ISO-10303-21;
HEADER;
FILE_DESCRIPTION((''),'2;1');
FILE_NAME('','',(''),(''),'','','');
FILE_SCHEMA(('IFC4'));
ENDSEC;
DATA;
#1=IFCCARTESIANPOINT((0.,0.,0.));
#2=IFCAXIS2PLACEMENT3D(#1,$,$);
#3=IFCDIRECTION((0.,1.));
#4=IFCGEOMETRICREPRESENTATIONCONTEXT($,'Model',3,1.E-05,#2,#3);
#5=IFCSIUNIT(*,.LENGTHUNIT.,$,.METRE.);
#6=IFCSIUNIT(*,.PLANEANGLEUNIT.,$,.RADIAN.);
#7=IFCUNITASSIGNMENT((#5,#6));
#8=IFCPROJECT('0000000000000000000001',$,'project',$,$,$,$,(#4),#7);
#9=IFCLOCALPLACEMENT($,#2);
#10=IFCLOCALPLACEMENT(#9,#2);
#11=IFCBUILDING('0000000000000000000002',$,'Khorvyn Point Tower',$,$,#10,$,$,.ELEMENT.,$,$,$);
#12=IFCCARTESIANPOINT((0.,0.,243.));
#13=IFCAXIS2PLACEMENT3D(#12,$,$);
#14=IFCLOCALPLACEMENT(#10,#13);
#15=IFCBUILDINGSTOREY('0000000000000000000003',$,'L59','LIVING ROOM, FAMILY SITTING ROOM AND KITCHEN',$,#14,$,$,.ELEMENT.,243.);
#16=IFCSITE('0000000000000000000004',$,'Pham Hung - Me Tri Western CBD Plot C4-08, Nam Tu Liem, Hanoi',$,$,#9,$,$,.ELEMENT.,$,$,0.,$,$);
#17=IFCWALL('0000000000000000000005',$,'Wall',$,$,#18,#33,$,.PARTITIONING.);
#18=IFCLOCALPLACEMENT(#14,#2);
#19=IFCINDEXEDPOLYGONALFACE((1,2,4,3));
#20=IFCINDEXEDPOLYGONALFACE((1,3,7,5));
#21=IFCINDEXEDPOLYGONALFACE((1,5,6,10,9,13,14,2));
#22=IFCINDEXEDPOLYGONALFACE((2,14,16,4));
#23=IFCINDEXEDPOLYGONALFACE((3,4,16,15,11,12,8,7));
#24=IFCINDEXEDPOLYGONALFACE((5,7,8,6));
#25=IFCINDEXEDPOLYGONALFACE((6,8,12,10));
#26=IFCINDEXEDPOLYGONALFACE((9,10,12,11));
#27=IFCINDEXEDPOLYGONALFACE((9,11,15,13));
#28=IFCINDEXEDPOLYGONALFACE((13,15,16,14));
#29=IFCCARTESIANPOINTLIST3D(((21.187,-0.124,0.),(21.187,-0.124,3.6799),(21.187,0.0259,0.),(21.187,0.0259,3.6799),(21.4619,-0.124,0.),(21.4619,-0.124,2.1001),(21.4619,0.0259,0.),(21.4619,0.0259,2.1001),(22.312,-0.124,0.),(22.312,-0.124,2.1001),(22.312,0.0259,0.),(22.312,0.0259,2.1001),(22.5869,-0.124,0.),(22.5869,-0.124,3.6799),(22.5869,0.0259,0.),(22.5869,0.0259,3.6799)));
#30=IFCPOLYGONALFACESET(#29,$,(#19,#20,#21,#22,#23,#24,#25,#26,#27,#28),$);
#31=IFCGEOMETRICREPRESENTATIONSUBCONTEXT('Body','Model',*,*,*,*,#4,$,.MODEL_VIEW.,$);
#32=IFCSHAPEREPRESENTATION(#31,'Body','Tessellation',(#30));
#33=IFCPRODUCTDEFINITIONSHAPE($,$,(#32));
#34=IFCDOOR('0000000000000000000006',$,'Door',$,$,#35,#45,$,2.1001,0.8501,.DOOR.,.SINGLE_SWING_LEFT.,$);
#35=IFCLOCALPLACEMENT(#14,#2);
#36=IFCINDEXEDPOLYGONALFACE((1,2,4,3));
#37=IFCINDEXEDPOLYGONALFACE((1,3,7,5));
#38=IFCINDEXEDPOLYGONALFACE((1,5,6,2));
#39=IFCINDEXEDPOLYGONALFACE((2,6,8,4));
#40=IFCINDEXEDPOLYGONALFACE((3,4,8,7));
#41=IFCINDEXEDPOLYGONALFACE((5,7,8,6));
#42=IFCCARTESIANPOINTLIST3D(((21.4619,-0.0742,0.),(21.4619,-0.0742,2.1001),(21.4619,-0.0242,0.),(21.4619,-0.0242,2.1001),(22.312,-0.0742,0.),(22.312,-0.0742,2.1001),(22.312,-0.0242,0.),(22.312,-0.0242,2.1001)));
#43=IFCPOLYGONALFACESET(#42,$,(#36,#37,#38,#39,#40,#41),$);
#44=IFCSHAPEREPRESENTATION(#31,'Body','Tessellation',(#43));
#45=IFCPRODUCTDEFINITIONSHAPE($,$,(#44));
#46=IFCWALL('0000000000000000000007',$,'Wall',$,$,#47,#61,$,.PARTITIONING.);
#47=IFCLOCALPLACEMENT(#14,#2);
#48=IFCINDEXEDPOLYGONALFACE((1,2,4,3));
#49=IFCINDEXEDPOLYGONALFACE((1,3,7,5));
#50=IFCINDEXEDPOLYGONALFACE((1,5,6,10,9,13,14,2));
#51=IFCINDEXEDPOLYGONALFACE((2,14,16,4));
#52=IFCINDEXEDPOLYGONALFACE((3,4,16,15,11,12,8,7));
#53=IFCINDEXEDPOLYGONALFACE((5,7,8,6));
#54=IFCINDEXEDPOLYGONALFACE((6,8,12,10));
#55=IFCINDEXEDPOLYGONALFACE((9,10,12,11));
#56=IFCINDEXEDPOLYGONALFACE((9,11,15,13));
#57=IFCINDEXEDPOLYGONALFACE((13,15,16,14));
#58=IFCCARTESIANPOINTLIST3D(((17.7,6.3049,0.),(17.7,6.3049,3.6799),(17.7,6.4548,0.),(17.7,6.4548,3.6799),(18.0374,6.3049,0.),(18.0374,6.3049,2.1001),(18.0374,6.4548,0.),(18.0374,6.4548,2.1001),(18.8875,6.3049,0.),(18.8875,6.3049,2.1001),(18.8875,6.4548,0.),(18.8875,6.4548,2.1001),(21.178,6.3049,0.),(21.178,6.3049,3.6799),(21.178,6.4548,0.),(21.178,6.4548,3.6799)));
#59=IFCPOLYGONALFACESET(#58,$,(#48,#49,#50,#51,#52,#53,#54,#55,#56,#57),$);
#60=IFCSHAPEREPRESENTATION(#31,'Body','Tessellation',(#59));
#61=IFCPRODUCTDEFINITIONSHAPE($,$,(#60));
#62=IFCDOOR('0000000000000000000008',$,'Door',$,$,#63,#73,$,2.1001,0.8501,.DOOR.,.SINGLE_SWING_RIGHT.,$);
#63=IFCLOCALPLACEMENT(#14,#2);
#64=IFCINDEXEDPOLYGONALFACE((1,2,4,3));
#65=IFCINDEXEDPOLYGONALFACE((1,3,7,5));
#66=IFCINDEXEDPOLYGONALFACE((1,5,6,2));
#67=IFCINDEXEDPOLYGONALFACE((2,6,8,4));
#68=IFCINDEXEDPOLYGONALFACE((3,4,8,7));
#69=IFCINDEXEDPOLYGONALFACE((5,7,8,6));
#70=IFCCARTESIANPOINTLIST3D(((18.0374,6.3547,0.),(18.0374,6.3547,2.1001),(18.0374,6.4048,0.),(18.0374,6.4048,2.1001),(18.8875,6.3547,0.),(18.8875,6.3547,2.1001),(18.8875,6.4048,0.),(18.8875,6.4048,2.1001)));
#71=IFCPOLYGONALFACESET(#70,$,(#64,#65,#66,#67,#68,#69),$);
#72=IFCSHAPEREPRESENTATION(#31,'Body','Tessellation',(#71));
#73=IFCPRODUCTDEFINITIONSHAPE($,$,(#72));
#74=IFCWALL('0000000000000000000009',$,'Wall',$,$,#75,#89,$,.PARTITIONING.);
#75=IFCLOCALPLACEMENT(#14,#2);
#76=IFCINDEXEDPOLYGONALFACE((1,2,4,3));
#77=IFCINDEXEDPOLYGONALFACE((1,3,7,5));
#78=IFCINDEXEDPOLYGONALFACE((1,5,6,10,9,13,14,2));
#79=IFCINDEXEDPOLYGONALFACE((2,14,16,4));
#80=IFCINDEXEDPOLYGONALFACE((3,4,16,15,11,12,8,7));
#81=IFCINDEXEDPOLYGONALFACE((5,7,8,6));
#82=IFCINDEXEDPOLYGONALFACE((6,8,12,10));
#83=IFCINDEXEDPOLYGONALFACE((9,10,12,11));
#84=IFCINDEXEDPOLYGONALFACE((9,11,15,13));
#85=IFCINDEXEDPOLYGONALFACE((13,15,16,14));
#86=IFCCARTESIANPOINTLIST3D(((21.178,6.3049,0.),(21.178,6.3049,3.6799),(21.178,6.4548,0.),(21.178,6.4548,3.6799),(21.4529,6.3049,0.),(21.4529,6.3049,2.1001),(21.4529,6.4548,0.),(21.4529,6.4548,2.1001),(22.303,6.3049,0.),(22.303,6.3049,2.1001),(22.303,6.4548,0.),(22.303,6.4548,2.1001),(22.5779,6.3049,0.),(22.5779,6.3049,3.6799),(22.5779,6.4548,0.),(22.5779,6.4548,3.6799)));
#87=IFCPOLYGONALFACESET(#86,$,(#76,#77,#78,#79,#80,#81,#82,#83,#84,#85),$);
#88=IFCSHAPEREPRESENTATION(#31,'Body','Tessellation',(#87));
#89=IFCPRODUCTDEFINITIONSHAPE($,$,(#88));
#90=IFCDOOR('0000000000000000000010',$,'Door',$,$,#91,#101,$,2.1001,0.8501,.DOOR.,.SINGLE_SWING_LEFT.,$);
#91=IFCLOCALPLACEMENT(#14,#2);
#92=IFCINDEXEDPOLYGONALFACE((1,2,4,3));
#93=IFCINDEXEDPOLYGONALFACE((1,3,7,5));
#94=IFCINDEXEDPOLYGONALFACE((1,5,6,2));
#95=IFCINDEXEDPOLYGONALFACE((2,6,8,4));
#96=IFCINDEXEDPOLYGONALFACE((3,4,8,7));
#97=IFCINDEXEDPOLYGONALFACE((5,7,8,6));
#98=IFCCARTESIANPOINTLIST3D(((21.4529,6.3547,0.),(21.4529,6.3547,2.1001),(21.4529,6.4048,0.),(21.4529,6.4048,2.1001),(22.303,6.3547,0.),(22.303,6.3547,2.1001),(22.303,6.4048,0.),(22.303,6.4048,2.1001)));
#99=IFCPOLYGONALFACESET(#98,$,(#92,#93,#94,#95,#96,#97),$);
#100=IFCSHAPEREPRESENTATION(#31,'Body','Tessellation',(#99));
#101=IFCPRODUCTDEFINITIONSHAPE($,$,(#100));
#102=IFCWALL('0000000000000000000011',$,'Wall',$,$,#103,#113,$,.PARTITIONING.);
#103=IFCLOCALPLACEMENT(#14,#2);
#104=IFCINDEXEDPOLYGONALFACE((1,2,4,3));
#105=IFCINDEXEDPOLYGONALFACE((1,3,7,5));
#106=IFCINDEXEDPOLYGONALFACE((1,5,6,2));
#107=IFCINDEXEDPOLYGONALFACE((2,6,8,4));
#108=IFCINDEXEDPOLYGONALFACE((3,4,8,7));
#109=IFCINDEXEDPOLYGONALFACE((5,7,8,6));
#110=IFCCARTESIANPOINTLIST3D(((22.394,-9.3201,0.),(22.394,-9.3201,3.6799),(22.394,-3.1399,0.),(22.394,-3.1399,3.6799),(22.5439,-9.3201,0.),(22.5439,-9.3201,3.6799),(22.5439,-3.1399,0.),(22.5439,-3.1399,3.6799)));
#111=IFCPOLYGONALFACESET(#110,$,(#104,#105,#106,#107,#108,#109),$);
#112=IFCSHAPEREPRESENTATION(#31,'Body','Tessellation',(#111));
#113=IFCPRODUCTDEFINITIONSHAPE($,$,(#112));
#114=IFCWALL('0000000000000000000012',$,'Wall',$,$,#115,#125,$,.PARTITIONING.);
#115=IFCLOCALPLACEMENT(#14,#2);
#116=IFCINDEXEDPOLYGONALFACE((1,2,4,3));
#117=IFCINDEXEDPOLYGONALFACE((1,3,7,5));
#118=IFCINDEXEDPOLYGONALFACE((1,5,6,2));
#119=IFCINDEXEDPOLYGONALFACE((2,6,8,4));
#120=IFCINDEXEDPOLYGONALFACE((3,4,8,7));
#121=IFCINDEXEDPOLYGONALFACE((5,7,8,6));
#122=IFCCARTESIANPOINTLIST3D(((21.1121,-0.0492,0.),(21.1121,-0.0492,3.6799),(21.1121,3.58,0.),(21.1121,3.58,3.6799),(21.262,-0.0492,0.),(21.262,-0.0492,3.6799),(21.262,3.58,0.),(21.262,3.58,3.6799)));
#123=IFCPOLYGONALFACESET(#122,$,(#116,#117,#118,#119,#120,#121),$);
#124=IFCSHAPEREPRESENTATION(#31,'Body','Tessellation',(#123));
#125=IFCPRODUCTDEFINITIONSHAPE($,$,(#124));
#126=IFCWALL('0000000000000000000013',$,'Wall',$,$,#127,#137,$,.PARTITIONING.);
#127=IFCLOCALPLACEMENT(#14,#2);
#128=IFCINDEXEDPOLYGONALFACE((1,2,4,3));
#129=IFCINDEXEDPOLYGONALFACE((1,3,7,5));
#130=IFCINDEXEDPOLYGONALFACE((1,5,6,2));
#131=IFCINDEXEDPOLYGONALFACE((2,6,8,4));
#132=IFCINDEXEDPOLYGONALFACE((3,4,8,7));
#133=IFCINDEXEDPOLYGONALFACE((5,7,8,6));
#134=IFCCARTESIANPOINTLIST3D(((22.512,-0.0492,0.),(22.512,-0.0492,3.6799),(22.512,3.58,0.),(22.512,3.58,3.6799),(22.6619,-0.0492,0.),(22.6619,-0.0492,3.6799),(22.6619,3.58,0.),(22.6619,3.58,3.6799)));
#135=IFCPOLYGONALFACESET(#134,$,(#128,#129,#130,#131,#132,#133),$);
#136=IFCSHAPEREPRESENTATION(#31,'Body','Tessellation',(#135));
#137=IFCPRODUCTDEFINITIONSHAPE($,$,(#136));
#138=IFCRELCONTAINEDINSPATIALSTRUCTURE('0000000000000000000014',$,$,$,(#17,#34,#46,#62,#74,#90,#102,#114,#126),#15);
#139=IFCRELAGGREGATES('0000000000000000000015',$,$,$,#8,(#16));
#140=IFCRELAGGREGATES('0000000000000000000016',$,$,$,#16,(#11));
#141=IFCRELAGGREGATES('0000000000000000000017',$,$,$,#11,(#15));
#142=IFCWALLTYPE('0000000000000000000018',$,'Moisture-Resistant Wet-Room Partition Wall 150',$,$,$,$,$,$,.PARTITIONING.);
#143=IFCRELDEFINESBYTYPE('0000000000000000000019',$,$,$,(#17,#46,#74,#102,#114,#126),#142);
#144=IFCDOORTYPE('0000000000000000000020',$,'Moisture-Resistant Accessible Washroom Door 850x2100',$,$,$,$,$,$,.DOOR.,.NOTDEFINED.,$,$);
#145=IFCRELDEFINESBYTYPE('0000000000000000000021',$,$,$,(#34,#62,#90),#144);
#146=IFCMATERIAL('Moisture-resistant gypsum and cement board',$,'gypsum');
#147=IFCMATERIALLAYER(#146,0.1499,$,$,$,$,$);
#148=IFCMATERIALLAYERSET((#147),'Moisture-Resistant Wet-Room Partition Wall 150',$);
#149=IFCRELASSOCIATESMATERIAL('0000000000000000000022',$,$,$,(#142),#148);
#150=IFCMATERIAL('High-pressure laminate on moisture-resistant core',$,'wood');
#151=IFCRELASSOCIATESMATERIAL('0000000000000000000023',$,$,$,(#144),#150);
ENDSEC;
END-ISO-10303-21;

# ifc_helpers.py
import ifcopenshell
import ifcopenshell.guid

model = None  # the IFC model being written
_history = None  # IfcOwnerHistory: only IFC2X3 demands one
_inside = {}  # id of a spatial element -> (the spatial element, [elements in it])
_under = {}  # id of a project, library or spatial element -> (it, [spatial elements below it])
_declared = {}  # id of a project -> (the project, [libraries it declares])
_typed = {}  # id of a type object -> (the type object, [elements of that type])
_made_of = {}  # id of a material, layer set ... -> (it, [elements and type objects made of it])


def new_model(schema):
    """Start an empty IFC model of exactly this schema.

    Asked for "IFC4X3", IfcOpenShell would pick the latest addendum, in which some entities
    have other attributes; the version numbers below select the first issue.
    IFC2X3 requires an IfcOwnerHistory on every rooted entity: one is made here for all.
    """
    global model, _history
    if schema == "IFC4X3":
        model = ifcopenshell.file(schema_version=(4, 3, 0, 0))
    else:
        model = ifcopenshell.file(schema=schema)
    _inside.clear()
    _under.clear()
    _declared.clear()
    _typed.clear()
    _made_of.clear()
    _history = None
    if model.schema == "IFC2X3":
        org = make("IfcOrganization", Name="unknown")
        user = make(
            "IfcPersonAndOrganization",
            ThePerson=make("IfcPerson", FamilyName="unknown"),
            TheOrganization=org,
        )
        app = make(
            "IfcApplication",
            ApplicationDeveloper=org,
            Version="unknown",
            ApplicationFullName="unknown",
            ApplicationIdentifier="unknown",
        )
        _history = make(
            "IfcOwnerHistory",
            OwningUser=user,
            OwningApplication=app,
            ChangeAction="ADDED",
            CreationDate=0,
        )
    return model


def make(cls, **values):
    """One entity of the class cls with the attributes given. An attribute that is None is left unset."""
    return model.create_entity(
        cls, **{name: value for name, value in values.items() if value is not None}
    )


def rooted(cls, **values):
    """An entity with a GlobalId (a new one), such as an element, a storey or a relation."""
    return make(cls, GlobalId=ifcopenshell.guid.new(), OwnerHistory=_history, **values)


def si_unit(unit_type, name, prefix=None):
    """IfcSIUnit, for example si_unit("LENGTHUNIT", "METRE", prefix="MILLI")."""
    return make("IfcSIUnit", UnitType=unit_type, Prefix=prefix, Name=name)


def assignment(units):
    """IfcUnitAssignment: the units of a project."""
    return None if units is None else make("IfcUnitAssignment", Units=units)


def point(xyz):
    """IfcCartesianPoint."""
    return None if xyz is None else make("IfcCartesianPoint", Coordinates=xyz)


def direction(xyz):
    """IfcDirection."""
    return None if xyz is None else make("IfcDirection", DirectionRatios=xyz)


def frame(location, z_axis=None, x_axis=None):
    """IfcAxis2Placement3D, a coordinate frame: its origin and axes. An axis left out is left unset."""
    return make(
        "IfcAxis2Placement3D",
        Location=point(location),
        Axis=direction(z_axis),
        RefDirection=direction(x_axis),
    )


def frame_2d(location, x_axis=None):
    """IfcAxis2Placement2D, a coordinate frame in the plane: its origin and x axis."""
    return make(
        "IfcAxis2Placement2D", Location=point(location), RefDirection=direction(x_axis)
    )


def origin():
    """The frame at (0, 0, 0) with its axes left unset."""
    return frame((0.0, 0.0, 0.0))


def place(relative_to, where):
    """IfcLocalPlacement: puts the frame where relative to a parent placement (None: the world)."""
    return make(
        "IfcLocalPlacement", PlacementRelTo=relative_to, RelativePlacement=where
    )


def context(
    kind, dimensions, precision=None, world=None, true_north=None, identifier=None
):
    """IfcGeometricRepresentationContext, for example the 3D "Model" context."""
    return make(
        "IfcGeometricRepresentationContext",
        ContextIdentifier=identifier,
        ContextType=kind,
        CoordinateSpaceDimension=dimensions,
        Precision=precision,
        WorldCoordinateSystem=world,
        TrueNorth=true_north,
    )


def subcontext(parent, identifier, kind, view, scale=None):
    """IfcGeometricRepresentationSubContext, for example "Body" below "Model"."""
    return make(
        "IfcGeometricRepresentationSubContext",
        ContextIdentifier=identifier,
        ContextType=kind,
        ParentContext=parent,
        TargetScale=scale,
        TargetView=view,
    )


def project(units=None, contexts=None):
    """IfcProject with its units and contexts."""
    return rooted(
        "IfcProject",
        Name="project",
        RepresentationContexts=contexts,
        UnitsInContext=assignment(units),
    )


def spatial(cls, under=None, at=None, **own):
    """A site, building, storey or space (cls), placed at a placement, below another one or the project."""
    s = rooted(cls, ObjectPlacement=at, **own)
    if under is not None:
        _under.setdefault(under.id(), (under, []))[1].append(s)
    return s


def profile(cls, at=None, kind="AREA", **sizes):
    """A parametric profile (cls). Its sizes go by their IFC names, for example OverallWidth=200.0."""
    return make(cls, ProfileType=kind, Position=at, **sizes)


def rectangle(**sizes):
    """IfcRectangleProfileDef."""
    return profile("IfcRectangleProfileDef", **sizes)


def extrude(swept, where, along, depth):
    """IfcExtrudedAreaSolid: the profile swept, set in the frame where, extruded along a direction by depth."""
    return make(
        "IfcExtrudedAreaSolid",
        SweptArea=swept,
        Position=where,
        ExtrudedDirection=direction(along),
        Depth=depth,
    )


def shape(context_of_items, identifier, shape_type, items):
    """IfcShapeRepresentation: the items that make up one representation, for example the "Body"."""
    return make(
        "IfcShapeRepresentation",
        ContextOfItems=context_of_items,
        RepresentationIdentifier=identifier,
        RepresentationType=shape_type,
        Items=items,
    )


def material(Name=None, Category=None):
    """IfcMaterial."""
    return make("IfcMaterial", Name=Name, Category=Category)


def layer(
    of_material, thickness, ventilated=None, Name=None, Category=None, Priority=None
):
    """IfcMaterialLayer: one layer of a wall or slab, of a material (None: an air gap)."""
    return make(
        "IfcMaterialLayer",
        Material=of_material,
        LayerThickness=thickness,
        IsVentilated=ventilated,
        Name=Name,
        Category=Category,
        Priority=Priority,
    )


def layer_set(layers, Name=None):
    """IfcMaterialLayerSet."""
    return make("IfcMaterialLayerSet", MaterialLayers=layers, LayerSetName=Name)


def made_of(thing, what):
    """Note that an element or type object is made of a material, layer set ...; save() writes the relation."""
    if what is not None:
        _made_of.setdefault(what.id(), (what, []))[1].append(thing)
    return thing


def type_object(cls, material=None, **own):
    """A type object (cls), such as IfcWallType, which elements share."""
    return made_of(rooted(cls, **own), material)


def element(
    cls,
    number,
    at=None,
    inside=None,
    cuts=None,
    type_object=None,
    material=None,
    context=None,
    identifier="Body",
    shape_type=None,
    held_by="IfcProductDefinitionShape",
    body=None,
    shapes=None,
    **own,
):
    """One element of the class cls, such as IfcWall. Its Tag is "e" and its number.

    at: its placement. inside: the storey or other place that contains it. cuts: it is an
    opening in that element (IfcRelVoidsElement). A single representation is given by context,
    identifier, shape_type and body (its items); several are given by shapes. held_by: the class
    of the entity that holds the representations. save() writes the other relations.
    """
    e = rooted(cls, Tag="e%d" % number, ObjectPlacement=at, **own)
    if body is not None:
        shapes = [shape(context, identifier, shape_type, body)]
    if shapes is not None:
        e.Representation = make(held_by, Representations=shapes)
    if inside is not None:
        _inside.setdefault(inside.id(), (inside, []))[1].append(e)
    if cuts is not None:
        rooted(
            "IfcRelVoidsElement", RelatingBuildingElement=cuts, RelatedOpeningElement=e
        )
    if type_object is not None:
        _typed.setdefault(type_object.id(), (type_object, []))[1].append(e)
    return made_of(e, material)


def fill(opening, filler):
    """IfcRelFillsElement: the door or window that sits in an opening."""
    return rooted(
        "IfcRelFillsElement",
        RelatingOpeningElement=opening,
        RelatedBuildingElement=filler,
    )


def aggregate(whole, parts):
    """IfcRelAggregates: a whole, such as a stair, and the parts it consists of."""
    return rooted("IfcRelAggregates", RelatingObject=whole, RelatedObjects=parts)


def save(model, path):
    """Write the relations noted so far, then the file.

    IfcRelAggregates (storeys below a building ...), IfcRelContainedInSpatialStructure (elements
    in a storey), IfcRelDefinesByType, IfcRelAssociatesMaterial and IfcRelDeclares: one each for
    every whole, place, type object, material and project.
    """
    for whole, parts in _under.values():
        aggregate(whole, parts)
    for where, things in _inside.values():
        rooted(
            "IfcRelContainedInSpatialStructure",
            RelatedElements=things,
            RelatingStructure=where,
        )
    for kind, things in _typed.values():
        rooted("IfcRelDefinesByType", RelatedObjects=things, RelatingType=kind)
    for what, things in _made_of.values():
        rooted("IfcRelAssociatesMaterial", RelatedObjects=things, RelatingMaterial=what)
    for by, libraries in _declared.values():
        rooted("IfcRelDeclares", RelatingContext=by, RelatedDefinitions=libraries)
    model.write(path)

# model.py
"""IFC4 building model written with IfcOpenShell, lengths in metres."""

from ifc_helpers import new_model, si_unit, direction, frame, frame_2d, origin, place, context, subcontext, project, spatial, rectangle, extrude, material, layer, layer_set, type_object, element, fill, save


model = new_model("IFC4")

# Units and contexts
model_context = context("Model", 3, precision=1e-05, world=origin(), true_north=direction((0.0, 1.0)))
body_context = subcontext(model_context, "Body", "Model", "MODEL_VIEW")
ifc_project = project(units=[si_unit("LENGTHUNIT", "METRE"), si_unit("PLANEANGLEUNIT", "RADIAN")], contexts=[model_context])

# Site, building, storey
site_placement = place(None, origin())
site = spatial("IfcSite", under=ifc_project, at=site_placement, Name="Pham Hung - Me Tri Western CBD Plot C4-08, Nam Tu Liem, Hanoi", CompositionType="ELEMENT", RefElevation=0.0)
building_placement = place(site_placement, origin())
building = spatial("IfcBuilding", under=site, at=building_placement, Name="Khorvyn Point Tower", CompositionType="ELEMENT")
storey_placement = place(building_placement, frame((0.0, 0.0, 243.0)))
storey = spatial("IfcBuildingStorey", under=building, at=storey_placement, Name="L59", Description="LIVING ROOM, FAMILY SITTING ROOM AND KITCHEN", CompositionType="ELEMENT", Elevation=243.0)

# Walls, openings, doors
ifc_material_1 = material(Name="Moisture-resistant gypsum and cement board", Category="gypsum")
ifc_layer_1 = layer(ifc_material_1, 0.1499)
ifc_layer_set_1 = layer_set([ifc_layer_1], Name="Moisture-Resistant Wet-Room Partition Wall 150")
wall_type_1 = type_object("IfcWallType", Name="Moisture-Resistant Wet-Room Partition Wall 150", PredefinedType="PARTITIONING", material=ifc_layer_set_1)
ifc_material_2 = material(Name="High-pressure laminate on moisture-resistant core", Category="wood")
door_type_1 = type_object("IfcDoorType", Name="Moisture-Resistant Accessible Washroom Door 850x2100", OperationType="NOTDEFINED", PredefinedType="DOOR", material=ifc_material_2)
wall_1_placement = place(storey_placement, frame((21.187, -0.0491, 0.0), z_axis=(0.0, 0.0, 1.0), x_axis=(1.0, 0.0, 0.0)))
wall_1 = element("IfcWall", 1, at=wall_1_placement, inside=storey, type_object=wall_type_1, Name="Wall", PredefinedType="PARTITIONING", context=body_context, shape_type="SweptSolid", body=[
    extrude(rectangle(XDim=1.3999, YDim=0.1499, at=frame_2d((0.7, 0.0))), origin(), (0.0, 0.0, 1.0), 3.6799),
])
opening_1_placement = place(wall_1_placement, frame((0.2749, 0.0, 0.0)))
opening_1 = element("IfcOpeningElement", 2, at=opening_1_placement, cuts=wall_1, PredefinedType="OPENING", context=body_context, shape_type="SweptSolid", body=[
    extrude(rectangle(XDim=0.8501, YDim=2.1001, at=frame_2d((0.425, 1.05))), frame((0.0, 0.085, 0.0), z_axis=(0.0, -1.0, 0.0), x_axis=(1.0, 0.0, 0.0)), (0.0, 0.0, 1.0), 0.1699),
])
door_1_placement = place(opening_1_placement, origin())
door_1 = element("IfcDoor", 3, at=door_1_placement, inside=storey, type_object=door_type_1, Name="Door", OperationType="SINGLE_SWING_LEFT", OverallHeight=2.1001, OverallWidth=0.8501, PredefinedType="DOOR", context=body_context, shape_type="SweptSolid", body=[
    extrude(rectangle(XDim=0.8501, YDim=2.1001, at=frame_2d((0.425, 1.05))), frame((0.0, 0.0249, 0.0), z_axis=(0.0, -1.0, 0.0), x_axis=(1.0, 0.0, 0.0)), (0.0, 0.0, 1.0), 0.05),
])
fill(opening_1, door_1)
wall_2_placement = place(storey_placement, frame((17.7, 6.3799, 0.0), z_axis=(0.0, 0.0, 1.0), x_axis=(1.0, 0.0, 0.0)))
wall_2 = element("IfcWall", 4, at=wall_2_placement, inside=storey, type_object=wall_type_1, Name="Wall", PredefinedType="PARTITIONING", context=body_context, shape_type="SweptSolid", body=[
    extrude(rectangle(XDim=3.478, YDim=0.1499, at=frame_2d((1.739, 0.0))), origin(), (0.0, 0.0, 1.0), 3.6799),
])
opening_2_placement = place(wall_2_placement, frame((0.3374, 0.0, 0.0)))
opening_2 = element("IfcOpeningElement", 5, at=opening_2_placement, cuts=wall_2, PredefinedType="OPENING", context=body_context, shape_type="SweptSolid", body=[
    extrude(rectangle(XDim=0.8501, YDim=2.1001, at=frame_2d((0.425, 1.05))), frame((0.0, 0.085, 0.0), z_axis=(0.0, -1.0, 0.0), x_axis=(1.0, 0.0, 0.0)), (0.0, 0.0, 1.0), 0.1699),
])
door_2_placement = place(opening_2_placement, origin())
door_2 = element("IfcDoor", 6, at=door_2_placement, inside=storey, type_object=door_type_1, Name="Door", OperationType="SINGLE_SWING_RIGHT", OverallHeight=2.1001, OverallWidth=0.8501, PredefinedType="DOOR", context=body_context, shape_type="SweptSolid", body=[
    extrude(rectangle(XDim=0.8501, YDim=2.1001, at=frame_2d((0.425, 1.05))), frame((0.0, 0.0249, 0.0), z_axis=(0.0, -1.0, 0.0), x_axis=(1.0, 0.0, 0.0)), (0.0, 0.0, 1.0), 0.05),
])
fill(opening_2, door_2)
wall_3_placement = place(storey_placement, frame((21.178, 6.3799, 0.0), z_axis=(0.0, 0.0, 1.0), x_axis=(1.0, 0.0, 0.0)))
wall_3 = element("IfcWall", 7, at=wall_3_placement, inside=storey, type_object=wall_type_1, Name="Wall", PredefinedType="PARTITIONING", context=body_context, shape_type="SweptSolid", body=[
    extrude(rectangle(XDim=1.3999, YDim=0.1499, at=frame_2d((0.7, 0.0))), origin(), (0.0, 0.0, 1.0), 3.6799),
])
opening_3_placement = place(wall_3_placement, frame((0.2749, 0.0, 0.0)))
opening_3 = element("IfcOpeningElement", 8, at=opening_3_placement, cuts=wall_3, PredefinedType="OPENING", context=body_context, shape_type="SweptSolid", body=[
    extrude(rectangle(XDim=0.8501, YDim=2.1001, at=frame_2d((0.425, 1.05))), frame((0.0, 0.085, 0.0), z_axis=(0.0, -1.0, 0.0), x_axis=(1.0, 0.0, 0.0)), (0.0, 0.0, 1.0), 0.1699),
])
door_3_placement = place(opening_3_placement, origin())
door_3 = element("IfcDoor", 9, at=door_3_placement, inside=storey, type_object=door_type_1, Name="Door", OperationType="SINGLE_SWING_LEFT", OverallHeight=2.1001, OverallWidth=0.8501, PredefinedType="DOOR", context=body_context, shape_type="SweptSolid", body=[
    extrude(rectangle(XDim=0.8501, YDim=2.1001, at=frame_2d((0.425, 1.05))), frame((0.0, 0.0249, 0.0), z_axis=(0.0, -1.0, 0.0), x_axis=(1.0, 0.0, 0.0)), (0.0, 0.0, 1.0), 0.05),
])
fill(opening_3, door_3)

# Walls
wall_4_placement = place(storey_placement, frame((22.469, -9.3201, 0.0), z_axis=(0.0, 0.0, 1.0), x_axis=(0.0, 1.0, 0.0)))
element("IfcWall", 10, at=wall_4_placement, inside=storey, type_object=wall_type_1, Name="Wall", PredefinedType="PARTITIONING", context=body_context, shape_type="SweptSolid", body=[
    extrude(rectangle(XDim=6.1802, YDim=0.1499, at=frame_2d((3.0901, 0.0))), origin(), (0.0, 0.0, 1.0), 3.6799),
])
for number, where, z_axis, x_axis, name in (
    (11, (21.187, -0.0491, 0.0), (0.0, 0.0, 1.0), (0.0, 1.0, 0.0), "Wall"),
    (12, (22.5869, -0.0491, 0.0), (0.0, 0.0, 1.0), (0.0, 1.0, 0.0), "Wall"),
):
    element("IfcWall", number, at=place(storey_placement, frame(where, z_axis=z_axis, x_axis=x_axis)), inside=storey, type_object=wall_type_1, Name=name, PredefinedType="PARTITIONING", context=body_context, shape_type="SweptSolid", body=[
        extrude(rectangle(XDim=3.6292, YDim=0.1499, at=frame_2d((1.8145, 0.0))), origin(), (0.0, 0.0, 1.0), 3.6799),
    ])

save(model, "model.ifc")
